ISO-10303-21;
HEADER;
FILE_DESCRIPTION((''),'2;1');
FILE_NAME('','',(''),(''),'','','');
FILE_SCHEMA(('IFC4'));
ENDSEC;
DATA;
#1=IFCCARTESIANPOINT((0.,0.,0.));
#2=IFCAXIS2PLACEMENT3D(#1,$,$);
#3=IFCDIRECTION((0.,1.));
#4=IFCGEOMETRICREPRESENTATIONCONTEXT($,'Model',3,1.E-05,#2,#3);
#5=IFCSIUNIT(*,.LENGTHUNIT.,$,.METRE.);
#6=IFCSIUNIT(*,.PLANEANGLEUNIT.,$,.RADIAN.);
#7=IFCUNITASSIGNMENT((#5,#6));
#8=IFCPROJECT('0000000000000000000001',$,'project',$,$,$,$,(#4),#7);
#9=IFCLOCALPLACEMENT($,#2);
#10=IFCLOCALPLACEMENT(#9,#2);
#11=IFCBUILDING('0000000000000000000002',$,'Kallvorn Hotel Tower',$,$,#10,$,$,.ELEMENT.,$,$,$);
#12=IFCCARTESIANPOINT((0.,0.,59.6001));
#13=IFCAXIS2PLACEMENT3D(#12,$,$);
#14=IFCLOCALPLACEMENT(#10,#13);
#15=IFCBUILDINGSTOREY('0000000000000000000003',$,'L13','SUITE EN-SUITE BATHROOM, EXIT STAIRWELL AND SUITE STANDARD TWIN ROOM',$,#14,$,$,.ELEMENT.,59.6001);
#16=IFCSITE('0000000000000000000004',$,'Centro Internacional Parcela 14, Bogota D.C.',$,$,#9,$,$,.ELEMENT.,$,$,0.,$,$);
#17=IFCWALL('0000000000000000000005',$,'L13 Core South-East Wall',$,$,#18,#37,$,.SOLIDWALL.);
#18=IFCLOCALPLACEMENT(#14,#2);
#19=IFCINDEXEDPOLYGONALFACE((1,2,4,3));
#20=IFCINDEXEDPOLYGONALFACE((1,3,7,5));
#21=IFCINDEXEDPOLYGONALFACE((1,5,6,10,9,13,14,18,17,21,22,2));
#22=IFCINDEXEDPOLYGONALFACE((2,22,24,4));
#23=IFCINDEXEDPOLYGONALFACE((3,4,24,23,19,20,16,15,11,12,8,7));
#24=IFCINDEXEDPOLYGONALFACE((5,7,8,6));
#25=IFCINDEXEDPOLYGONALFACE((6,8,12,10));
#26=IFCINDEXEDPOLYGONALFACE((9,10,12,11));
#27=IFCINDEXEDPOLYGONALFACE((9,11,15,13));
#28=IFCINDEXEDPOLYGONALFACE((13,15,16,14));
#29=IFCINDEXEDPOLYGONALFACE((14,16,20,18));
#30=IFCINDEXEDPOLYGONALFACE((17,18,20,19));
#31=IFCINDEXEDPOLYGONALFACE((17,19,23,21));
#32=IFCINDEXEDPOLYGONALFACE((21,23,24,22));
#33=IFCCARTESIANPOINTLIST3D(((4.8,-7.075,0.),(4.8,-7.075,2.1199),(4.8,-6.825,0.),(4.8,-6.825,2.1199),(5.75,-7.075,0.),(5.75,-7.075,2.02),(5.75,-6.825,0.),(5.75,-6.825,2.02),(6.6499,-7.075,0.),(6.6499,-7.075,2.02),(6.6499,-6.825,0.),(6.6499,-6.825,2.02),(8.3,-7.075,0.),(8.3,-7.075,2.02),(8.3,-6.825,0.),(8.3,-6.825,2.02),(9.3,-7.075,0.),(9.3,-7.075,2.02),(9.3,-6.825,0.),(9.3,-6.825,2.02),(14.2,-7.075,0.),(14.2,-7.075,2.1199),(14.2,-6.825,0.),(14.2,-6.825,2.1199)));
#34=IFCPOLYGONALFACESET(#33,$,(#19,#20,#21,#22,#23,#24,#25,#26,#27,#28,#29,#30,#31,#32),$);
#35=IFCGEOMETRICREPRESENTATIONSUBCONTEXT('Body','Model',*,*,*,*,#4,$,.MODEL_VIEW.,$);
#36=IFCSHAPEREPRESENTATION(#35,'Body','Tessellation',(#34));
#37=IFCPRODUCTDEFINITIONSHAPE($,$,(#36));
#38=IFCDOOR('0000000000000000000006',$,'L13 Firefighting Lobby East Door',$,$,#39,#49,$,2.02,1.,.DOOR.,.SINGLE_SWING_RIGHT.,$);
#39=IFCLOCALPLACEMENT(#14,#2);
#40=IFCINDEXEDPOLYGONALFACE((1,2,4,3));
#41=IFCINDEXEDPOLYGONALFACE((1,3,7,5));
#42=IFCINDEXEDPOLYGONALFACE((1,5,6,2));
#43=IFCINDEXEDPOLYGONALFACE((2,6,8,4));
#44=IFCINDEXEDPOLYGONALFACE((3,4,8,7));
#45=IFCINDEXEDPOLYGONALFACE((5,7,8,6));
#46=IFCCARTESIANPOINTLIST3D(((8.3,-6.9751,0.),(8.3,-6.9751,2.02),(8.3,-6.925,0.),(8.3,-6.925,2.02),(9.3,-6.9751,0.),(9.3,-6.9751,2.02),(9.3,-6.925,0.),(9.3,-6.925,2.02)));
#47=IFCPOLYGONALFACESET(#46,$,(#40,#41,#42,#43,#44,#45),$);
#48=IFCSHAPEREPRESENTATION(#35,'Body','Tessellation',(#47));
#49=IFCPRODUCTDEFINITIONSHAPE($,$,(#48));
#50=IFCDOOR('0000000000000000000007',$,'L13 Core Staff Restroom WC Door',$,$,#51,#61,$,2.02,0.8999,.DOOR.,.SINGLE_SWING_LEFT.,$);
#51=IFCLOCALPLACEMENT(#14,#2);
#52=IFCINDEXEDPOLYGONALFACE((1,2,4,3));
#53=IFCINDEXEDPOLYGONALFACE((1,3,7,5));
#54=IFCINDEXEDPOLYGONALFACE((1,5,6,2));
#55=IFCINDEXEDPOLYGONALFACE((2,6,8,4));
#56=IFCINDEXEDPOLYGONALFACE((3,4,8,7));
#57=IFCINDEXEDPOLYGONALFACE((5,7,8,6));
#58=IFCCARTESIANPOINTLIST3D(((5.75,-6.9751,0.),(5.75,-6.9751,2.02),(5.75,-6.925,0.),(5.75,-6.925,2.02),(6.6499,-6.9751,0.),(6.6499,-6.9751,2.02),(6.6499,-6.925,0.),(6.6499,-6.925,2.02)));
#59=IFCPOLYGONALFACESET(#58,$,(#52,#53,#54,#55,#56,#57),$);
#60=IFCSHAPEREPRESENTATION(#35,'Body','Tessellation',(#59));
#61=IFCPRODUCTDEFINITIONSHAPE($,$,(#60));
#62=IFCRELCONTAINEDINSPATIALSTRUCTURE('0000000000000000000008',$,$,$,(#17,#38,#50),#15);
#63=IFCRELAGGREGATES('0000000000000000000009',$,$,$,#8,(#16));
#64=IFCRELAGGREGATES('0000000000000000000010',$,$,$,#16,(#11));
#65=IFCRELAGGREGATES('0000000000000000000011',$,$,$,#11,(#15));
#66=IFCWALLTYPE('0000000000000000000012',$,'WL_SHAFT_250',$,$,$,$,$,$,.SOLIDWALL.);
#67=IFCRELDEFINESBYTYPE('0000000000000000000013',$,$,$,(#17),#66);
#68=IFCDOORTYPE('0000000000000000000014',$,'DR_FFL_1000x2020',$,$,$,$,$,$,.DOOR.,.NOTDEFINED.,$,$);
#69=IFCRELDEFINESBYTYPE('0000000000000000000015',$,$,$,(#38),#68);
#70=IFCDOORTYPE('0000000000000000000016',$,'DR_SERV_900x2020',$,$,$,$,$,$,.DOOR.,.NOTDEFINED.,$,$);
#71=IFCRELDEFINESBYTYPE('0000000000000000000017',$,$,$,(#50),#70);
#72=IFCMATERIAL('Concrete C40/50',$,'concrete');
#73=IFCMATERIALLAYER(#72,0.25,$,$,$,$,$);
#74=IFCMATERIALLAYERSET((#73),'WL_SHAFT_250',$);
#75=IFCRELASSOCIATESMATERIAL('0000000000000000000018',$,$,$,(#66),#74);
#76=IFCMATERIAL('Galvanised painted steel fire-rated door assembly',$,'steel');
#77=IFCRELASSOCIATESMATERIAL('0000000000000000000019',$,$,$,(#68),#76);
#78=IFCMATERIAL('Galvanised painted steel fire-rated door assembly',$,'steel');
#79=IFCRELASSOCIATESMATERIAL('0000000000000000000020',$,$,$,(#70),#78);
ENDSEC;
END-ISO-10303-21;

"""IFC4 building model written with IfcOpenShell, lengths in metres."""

from ifc_helpers import new_model, si_unit, direction, frame, frame_2d, origin, place, context, subcontext, project, spatial, rectangle, extrude, material, layer, layer_set, type_object, element, fill, save


model = new_model("IFC4")

# Units and contexts
model_context = context("Model", 3, precision=1e-05, world=origin(), true_north=direction((0.0, 1.0)))
body_context = subcontext(model_context, "Body", "Model", "MODEL_VIEW")
ifc_project = project(units=[si_unit("LENGTHUNIT", "METRE"), si_unit("PLANEANGLEUNIT", "RADIAN")], contexts=[model_context])

# Site, building, storey
site_placement = place(None, origin())
site = spatial("IfcSite", under=ifc_project, at=site_placement, Name="Centro Internacional Parcela 14, Bogota D.C.", CompositionType="ELEMENT", RefElevation=0.0)
building_placement = place(site_placement, origin())
building = spatial("IfcBuilding", under=site, at=building_placement, Name="Kallvorn Hotel Tower", CompositionType="ELEMENT")
storey_placement = place(building_placement, frame((0.0, 0.0, 59.6001)))
storey = spatial("IfcBuildingStorey", under=building, at=storey_placement, Name="L13", Description="SUITE EN-SUITE BATHROOM, EXIT STAIRWELL AND SUITE STANDARD TWIN ROOM", CompositionType="ELEMENT", Elevation=59.6001)

# Wall, openings, doors
ifc_material_1 = material(Name="Concrete C40/50", Category="concrete")
ifc_layer_1 = layer(ifc_material_1, 0.25)
ifc_layer_set_1 = layer_set([ifc_layer_1], Name="WL_SHAFT_250")
wall_type_1 = type_object("IfcWallType", Name="WL_SHAFT_250", PredefinedType="SOLIDWALL", material=ifc_layer_set_1)
wall_1_placement = place(storey_placement, frame((4.8, -6.95, 0.0), z_axis=(0.0, 0.0, 1.0), x_axis=(1.0, 0.0, 0.0)))
wall_1 = element("IfcWall", 1, at=wall_1_placement, inside=storey, type_object=wall_type_1, Name="L13 Core South-East Wall", PredefinedType="SOLIDWALL", context=body_context, shape_type="SweptSolid", body=[
    extrude(rectangle(XDim=9.3999, YDim=0.25, at=frame_2d((4.7, 0.0))), origin(), (0.0, 0.0, 1.0), 2.1199),
])
opening_1_placement = place(wall_1_placement, frame((3.5, 0.0, 0.0)))
opening_1 = element("IfcOpeningElement", 2, at=opening_1_placement, cuts=wall_1, PredefinedType="OPENING", context=body_context, shape_type="SweptSolid", body=[
    extrude(rectangle(XDim=1.0, YDim=2.02, at=frame_2d((0.5, 1.01))), frame((0.0, 0.1399, 0.0), z_axis=(0.0, -1.0, 0.0), x_axis=(1.0, 0.0, 0.0)), (0.0, 0.0, 1.0), 0.28),
])
opening_2_placement = place(wall_1_placement, frame((0.95, 0.0, 0.0)))
opening_2 = element("IfcOpeningElement", 3, at=opening_2_placement, cuts=wall_1, PredefinedType="OPENING", context=body_context, shape_type="SweptSolid", body=[
    extrude(rectangle(XDim=0.8999, YDim=2.02, at=frame_2d((0.45, 1.01))), frame((0.0, 0.1399, 0.0), z_axis=(0.0, -1.0, 0.0), x_axis=(1.0, 0.0, 0.0)), (0.0, 0.0, 1.0), 0.28),
])
ifc_material_2 = material(Name="Galvanised painted steel fire-rated door assembly", Category="steel")
door_type_1 = type_object("IfcDoorType", Name="DR_FFL_1000x2020", OperationType="NOTDEFINED", PredefinedType="DOOR", material=ifc_material_2)
door_1_placement = place(opening_1_placement, origin())
door_1 = element("IfcDoor", 4, at=door_1_placement, inside=storey, type_object=door_type_1, Name="L13 Firefighting Lobby East Door", OperationType="SINGLE_SWING_RIGHT", OverallHeight=2.02, OverallWidth=1.0, PredefinedType="DOOR", context=body_context, shape_type="SweptSolid", body=[
    extrude(rectangle(XDim=1.0, YDim=2.02, at=frame_2d((0.5, 1.01))), frame((0.0, 0.0249, 0.0), z_axis=(0.0, -1.0, 0.0), x_axis=(1.0, 0.0, 0.0)), (0.0, 0.0, 1.0), 0.05),
])
fill(opening_1, door_1)
ifc_material_3 = material(Name="Galvanised painted steel fire-rated door assembly", Category="steel")
door_type_2 = type_object("IfcDoorType", Name="DR_SERV_900x2020", OperationType="NOTDEFINED", PredefinedType="DOOR", material=ifc_material_3)
door_2_placement = place(opening_2_placement, origin())
door_2 = element("IfcDoor", 5, at=door_2_placement, inside=storey, type_object=door_type_2, Name="L13 Core Staff Restroom WC Door", OperationType="SINGLE_SWING_LEFT", OverallHeight=2.02, OverallWidth=0.8999, PredefinedType="DOOR", context=body_context, shape_type="SweptSolid", body=[
    extrude(rectangle(XDim=0.8999, YDim=2.02, at=frame_2d((0.45, 1.01))), frame((0.0, 0.0249, 0.0), z_axis=(0.0, -1.0, 0.0), x_axis=(1.0, 0.0, 0.0)), (0.0, 0.0, 1.0), 0.05),
])
fill(opening_2, door_2)

save(model, "model.ifc")
